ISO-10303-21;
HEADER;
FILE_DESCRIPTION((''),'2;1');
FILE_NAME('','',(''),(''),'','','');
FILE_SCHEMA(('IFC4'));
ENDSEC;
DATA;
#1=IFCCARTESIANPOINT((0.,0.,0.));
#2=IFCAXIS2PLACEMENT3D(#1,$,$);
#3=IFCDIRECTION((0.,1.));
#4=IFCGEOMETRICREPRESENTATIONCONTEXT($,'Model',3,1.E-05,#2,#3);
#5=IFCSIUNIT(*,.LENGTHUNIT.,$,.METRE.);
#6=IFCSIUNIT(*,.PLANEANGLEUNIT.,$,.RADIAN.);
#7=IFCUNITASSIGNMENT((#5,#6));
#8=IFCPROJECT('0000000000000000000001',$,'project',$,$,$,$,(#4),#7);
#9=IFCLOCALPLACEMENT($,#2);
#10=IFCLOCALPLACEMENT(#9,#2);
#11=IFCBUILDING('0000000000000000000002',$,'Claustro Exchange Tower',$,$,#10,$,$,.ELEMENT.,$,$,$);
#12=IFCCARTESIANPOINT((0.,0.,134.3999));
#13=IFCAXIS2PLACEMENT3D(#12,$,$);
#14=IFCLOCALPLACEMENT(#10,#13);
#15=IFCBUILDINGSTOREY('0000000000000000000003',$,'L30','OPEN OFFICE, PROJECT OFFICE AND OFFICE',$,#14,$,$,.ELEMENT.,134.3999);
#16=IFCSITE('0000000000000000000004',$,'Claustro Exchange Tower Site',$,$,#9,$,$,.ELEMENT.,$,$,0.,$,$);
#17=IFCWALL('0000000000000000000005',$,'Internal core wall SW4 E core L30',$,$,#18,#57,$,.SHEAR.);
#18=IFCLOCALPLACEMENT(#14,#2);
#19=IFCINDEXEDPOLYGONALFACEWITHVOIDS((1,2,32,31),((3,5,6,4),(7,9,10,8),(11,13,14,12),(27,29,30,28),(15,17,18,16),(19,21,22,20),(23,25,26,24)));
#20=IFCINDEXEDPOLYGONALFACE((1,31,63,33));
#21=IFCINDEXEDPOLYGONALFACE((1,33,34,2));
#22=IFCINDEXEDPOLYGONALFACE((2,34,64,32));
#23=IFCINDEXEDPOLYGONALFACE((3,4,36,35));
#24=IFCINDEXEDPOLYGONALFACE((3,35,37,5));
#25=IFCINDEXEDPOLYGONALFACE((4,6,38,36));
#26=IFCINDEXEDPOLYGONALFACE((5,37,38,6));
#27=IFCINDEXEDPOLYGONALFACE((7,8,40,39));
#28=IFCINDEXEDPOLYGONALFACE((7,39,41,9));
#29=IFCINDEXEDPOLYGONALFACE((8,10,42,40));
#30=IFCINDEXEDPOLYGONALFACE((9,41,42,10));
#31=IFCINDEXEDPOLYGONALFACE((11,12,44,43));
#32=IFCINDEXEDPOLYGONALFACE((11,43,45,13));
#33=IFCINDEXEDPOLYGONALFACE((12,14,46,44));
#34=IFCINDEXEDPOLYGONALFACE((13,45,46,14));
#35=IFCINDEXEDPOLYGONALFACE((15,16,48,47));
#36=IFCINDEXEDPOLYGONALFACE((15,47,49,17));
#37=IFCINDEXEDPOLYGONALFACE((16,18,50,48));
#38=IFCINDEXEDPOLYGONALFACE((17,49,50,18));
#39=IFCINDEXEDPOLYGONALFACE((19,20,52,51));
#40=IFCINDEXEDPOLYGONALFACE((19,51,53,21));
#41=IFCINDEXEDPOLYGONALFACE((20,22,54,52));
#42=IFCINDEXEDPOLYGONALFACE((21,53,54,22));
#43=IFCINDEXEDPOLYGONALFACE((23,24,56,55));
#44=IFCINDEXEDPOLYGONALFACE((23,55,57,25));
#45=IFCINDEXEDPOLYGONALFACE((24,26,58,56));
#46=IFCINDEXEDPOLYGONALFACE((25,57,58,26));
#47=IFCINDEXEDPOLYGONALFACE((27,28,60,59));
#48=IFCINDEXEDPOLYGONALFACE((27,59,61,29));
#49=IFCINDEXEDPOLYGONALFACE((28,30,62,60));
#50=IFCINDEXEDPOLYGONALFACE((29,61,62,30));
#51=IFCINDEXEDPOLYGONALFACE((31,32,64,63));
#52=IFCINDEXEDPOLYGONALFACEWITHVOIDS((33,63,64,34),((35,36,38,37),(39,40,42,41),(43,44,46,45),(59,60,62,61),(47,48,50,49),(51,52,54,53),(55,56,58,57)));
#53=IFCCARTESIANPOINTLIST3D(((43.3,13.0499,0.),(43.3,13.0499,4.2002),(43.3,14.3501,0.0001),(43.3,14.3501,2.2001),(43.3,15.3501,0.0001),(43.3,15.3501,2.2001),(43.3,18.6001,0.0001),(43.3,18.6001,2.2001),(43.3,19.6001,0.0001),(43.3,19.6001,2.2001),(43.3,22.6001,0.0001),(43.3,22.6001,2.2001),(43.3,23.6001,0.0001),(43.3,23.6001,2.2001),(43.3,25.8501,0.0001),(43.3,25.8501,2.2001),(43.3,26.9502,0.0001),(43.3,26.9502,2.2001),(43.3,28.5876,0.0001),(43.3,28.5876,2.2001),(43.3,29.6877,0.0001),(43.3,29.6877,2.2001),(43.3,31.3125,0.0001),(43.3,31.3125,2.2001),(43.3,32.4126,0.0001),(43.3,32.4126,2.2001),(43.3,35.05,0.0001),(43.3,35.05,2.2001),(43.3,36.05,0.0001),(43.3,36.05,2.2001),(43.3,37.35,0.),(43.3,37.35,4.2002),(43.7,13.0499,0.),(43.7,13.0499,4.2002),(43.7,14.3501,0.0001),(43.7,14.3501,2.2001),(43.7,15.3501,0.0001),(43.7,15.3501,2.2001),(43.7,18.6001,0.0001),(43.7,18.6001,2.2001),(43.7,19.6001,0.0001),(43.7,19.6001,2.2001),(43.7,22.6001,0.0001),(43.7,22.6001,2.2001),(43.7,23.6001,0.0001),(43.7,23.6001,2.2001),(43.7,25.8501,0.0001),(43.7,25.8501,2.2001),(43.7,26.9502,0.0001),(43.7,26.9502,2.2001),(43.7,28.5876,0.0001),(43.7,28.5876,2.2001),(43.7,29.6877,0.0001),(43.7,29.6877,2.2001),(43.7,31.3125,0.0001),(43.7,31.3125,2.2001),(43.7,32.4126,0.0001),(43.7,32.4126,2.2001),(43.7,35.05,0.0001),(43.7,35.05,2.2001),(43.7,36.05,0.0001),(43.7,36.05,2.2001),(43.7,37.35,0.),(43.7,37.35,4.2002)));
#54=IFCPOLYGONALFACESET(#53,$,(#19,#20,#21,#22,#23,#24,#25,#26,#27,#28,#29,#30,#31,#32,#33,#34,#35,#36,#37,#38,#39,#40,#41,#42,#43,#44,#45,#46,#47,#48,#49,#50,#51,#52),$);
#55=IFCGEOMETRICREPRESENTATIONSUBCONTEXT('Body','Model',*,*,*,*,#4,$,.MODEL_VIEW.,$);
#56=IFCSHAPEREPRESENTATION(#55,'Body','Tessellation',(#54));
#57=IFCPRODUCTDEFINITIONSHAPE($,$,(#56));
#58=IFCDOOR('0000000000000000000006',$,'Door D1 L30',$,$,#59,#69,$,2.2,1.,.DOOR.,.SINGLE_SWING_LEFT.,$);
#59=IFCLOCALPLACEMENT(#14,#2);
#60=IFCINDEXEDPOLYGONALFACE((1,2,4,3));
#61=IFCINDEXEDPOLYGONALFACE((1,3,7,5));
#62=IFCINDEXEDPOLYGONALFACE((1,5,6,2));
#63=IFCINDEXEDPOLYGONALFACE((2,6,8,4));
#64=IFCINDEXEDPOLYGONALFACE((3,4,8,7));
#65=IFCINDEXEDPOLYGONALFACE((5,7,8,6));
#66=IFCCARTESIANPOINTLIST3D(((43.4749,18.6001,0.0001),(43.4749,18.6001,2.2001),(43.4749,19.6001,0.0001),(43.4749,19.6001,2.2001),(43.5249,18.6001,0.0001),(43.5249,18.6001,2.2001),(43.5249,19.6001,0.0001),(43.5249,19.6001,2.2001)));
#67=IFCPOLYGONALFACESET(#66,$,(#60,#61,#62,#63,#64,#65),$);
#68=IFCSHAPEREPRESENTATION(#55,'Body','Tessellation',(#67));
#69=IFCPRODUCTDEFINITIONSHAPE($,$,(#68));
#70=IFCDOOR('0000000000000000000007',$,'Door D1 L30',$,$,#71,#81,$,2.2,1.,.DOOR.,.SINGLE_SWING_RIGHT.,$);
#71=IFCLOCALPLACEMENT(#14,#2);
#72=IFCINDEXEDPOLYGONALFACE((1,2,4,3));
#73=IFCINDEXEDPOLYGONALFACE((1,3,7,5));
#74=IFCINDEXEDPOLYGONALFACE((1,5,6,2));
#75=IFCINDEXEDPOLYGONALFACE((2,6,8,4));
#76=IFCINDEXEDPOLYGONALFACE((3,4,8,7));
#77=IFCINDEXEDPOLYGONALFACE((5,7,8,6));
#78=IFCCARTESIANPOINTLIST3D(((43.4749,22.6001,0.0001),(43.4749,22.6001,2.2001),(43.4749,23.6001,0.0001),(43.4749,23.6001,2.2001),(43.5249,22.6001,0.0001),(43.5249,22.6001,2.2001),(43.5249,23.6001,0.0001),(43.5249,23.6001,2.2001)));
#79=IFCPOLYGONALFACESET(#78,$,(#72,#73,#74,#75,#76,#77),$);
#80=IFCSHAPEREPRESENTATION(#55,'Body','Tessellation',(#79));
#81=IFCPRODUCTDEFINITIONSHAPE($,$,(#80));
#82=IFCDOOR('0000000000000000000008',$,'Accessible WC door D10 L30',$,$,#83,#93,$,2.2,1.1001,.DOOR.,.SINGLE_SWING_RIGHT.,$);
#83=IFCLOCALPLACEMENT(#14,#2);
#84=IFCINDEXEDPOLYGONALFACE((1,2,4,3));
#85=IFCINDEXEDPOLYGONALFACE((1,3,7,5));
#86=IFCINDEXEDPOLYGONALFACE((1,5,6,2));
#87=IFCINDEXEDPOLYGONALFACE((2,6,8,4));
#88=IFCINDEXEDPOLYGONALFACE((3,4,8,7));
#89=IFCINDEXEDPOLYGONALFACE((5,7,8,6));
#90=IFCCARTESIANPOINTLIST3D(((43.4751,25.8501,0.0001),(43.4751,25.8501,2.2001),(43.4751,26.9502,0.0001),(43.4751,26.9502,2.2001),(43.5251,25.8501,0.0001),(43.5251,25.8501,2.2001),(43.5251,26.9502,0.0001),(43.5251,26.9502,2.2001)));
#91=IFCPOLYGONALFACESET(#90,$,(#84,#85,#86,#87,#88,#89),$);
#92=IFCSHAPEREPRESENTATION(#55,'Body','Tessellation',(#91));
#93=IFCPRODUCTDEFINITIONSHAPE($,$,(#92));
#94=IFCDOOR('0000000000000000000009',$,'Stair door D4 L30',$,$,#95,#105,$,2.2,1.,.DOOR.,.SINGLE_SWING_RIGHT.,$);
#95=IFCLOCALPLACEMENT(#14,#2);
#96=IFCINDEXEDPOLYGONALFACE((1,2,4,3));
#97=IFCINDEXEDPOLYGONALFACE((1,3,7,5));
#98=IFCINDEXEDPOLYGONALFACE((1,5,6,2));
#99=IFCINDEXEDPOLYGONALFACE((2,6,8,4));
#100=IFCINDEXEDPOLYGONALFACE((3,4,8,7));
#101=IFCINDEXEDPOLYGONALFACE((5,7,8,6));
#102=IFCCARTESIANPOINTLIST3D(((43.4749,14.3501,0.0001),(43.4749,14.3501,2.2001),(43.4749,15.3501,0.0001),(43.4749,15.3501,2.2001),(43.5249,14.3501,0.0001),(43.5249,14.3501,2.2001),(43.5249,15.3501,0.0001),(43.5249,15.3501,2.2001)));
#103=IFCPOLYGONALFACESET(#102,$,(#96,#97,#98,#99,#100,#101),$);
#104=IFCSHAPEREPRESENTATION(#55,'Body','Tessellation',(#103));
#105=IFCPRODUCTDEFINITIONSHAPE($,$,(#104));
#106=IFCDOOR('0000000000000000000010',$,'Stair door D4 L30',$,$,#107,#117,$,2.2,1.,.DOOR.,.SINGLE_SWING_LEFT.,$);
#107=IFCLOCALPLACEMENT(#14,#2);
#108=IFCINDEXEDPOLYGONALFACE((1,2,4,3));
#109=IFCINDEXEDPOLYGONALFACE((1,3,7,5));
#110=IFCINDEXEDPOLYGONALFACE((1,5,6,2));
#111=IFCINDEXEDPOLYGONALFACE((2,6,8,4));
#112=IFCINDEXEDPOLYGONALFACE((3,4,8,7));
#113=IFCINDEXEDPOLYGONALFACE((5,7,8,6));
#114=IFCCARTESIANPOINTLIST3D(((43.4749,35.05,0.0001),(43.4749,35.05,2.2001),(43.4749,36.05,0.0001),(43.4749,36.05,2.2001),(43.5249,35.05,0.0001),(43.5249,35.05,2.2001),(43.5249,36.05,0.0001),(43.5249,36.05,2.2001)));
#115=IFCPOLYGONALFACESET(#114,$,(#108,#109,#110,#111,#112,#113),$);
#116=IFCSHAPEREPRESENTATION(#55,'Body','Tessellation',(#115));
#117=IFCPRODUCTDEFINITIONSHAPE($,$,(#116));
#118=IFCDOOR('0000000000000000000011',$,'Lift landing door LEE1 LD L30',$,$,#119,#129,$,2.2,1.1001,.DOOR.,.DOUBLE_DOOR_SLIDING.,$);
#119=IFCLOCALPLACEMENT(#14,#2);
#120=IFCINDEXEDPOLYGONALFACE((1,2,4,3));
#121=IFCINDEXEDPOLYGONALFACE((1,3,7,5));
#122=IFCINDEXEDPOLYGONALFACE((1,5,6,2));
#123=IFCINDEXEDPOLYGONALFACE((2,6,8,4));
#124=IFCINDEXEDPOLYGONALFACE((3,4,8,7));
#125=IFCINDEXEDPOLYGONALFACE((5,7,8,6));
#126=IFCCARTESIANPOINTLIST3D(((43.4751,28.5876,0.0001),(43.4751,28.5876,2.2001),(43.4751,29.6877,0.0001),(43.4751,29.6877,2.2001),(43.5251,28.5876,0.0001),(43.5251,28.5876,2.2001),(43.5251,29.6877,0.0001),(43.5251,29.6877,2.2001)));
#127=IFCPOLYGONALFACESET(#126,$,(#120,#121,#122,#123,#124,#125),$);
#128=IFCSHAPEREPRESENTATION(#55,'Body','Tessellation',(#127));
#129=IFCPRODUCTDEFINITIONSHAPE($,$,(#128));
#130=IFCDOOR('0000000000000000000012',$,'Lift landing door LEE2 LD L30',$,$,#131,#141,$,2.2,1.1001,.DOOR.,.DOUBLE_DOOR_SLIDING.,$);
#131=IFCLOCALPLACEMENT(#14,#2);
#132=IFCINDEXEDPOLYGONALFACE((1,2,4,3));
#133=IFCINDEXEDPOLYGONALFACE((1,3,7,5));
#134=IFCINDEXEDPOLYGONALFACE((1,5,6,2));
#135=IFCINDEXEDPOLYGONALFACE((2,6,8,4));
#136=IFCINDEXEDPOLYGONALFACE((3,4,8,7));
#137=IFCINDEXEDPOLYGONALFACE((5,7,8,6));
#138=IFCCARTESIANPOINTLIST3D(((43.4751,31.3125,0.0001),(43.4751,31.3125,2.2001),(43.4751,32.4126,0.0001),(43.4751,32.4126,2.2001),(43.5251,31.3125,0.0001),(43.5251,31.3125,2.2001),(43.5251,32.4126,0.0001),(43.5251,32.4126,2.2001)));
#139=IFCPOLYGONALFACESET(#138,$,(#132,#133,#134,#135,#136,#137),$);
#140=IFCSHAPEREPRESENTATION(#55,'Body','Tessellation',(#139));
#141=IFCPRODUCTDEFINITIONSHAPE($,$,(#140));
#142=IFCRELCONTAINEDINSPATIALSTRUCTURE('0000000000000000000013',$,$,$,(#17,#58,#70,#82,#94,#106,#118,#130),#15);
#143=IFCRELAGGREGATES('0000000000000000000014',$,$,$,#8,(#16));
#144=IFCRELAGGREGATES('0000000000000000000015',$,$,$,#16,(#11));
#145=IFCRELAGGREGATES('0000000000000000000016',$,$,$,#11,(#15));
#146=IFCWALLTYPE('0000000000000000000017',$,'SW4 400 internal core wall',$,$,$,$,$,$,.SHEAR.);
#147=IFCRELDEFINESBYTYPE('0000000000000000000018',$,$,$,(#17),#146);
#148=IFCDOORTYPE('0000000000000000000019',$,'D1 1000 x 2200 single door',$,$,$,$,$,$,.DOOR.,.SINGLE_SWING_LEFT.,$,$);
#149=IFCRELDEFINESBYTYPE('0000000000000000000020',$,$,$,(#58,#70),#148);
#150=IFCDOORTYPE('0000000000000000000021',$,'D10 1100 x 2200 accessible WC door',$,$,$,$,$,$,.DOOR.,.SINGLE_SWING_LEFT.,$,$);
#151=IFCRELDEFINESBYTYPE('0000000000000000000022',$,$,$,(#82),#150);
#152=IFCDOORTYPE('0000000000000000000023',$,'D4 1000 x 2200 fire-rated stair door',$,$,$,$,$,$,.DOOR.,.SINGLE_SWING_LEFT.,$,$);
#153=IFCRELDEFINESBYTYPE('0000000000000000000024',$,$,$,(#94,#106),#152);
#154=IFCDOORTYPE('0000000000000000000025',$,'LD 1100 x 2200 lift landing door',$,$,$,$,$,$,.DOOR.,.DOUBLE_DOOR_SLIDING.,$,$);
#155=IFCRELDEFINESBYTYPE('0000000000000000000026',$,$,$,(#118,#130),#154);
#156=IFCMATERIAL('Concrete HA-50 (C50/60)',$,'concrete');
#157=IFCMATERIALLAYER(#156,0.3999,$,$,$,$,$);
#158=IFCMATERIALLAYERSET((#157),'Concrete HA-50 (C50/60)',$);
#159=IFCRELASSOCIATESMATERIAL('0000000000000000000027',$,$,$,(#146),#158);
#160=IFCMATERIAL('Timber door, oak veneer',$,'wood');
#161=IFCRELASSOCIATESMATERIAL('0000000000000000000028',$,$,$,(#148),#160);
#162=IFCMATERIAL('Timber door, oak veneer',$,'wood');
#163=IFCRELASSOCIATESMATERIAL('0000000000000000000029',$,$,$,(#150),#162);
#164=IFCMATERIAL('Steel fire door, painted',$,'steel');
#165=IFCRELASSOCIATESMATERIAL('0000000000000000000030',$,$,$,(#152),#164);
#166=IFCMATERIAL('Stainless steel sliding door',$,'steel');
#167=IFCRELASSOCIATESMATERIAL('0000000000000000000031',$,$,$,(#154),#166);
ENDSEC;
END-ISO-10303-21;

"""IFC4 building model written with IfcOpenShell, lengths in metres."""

from ifc_helpers import new_model, si_unit, direction, frame, frame_2d, origin, place, context, subcontext, project, spatial, rectangle, extrude, material, layer, layer_set, type_object, element, fill, save


model = new_model("IFC4")

# Units and contexts
model_context = context("Model", 3, precision=1e-05, world=origin(), true_north=direction((0.0, 1.0)))
body_context = subcontext(model_context, "Body", "Model", "MODEL_VIEW")
ifc_project = project(units=[si_unit("LENGTHUNIT", "METRE"), si_unit("PLANEANGLEUNIT", "RADIAN")], contexts=[model_context])

# Site, building, storey
site_placement = place(None, origin())
site = spatial("IfcSite", under=ifc_project, at=site_placement, Name="Claustro Exchange Tower Site", CompositionType="ELEMENT", RefElevation=0.0)
building_placement = place(site_placement, origin())
building = spatial("IfcBuilding", under=site, at=building_placement, Name="Claustro Exchange Tower", CompositionType="ELEMENT")
storey_placement = place(building_placement, frame((0.0, 0.0, 134.3999)))
storey = spatial("IfcBuildingStorey", under=building, at=storey_placement, Name="L30", Description="OPEN OFFICE, PROJECT OFFICE AND OFFICE", CompositionType="ELEMENT", Elevation=134.3999)

# Wall, openings, doors
ifc_material_1 = material(Name="Concrete HA-50 (C50/60)", Category="concrete")
ifc_layer_1 = layer(ifc_material_1, 0.3999)
ifc_layer_set_1 = layer_set([ifc_layer_1], Name="Concrete HA-50 (C50/60)")
wall_type_1 = type_object("IfcWallType", Name="SW4 400 internal core wall", PredefinedType="SHEAR", material=ifc_layer_set_1)
wall_1_placement = place(storey_placement, frame((43.5, 13.05, 0.0), z_axis=(0.0, 0.0, 1.0), x_axis=(0.0, 1.0, 0.0)))
wall_1 = element("IfcWall", 1, at=wall_1_placement, inside=storey, type_object=wall_type_1, Name="Internal core wall SW4 E core L30", PredefinedType="SHEAR", context=body_context, shape_type="SweptSolid", body=[
    extrude(rectangle(XDim=24.3, YDim=0.3999, at=frame_2d((12.1499, 0.0))), origin(), (0.0, 0.0, 1.0), 4.2002),
])
opening_1_placement = place(wall_1_placement, frame((1.3, 0.0, 0.0)))
opening_1 = element("IfcOpeningElement", 2, at=opening_1_placement, cuts=wall_1, PredefinedType="OPENING", context=body_context, shape_type="SweptSolid", body=[
    extrude(rectangle(XDim=1.0, YDim=2.2, at=frame_2d((0.5, 1.1001))), frame((0.0, 0.21, 0.0), z_axis=(0.0, -1.0, 0.0), x_axis=(1.0, 0.0, 0.0)), (0.0, 0.0, 1.0), 0.4199),
])
opening_2_placement = place(wall_1_placement, frame((22.0, 0.0, 0.0)))
opening_2 = element("IfcOpeningElement", 3, at=opening_2_placement, cuts=wall_1, PredefinedType="OPENING", context=body_context, shape_type="SweptSolid", body=[
    extrude(rectangle(XDim=1.0, YDim=2.2, at=frame_2d((0.5, 1.1001))), frame((0.0, 0.21, 0.0), z_axis=(0.0, -1.0, 0.0), x_axis=(1.0, 0.0, 0.0)), (0.0, 0.0, 1.0), 0.4199),
])
opening_3_placement = place(wall_1_placement, frame((5.55, 0.0, 0.0)))
opening_3 = element("IfcOpeningElement", 4, at=opening_3_placement, cuts=wall_1, PredefinedType="OPENING", context=body_context, shape_type="SweptSolid", body=[
    extrude(rectangle(XDim=1.0, YDim=2.2, at=frame_2d((0.5, 1.1001))), frame((0.0, 0.21, 0.0), z_axis=(0.0, -1.0, 0.0), x_axis=(1.0, 0.0, 0.0)), (0.0, 0.0, 1.0), 0.4199),
])
opening_4_placement = place(wall_1_placement, frame((9.55, 0.0, 0.0)))
opening_4 = element("IfcOpeningElement", 5, at=opening_4_placement, cuts=wall_1, PredefinedType="OPENING", context=body_context, shape_type="SweptSolid", body=[
    extrude(rectangle(XDim=1.0, YDim=2.2, at=frame_2d((0.5, 1.1001))), frame((0.0, 0.21, 0.0), z_axis=(0.0, -1.0, 0.0), x_axis=(1.0, 0.0, 0.0)), (0.0, 0.0, 1.0), 0.4199),
])
opening_5_placement = place(wall_1_placement, frame((12.8, 0.0, 0.0)))
opening_5 = element("IfcOpeningElement", 6, at=opening_5_placement, cuts=wall_1, PredefinedType="OPENING", context=body_context, shape_type="SweptSolid", body=[
    extrude(rectangle(XDim=1.1001, YDim=2.2, at=frame_2d((0.55, 1.1001))), frame((0.0, 0.21, 0.0), z_axis=(0.0, -1.0, 0.0), x_axis=(1.0, 0.0, 0.0)), (0.0, 0.0, 1.0), 0.4199),
])
opening_6_placement = place(wall_1_placement, frame((15.5376, 0.0, 0.0)))
opening_6 = element("IfcOpeningElement", 7, at=opening_6_placement, cuts=wall_1, PredefinedType="OPENING", context=body_context, shape_type="SweptSolid", body=[
    extrude(rectangle(XDim=1.1001, YDim=2.2, at=frame_2d((0.55, 1.1001))), frame((0.0, 0.21, 0.0), z_axis=(0.0, -1.0, 0.0), x_axis=(1.0, 0.0, 0.0)), (0.0, 0.0, 1.0), 0.4199),
])
opening_7_placement = place(wall_1_placement, frame((18.2625, 0.0, 0.0)))
opening_7 = element("IfcOpeningElement", 8, at=opening_7_placement, cuts=wall_1, PredefinedType="OPENING", context=body_context, shape_type="SweptSolid", body=[
    extrude(rectangle(XDim=1.1001, YDim=2.2, at=frame_2d((0.55, 1.1001))), frame((0.0, 0.21, 0.0), z_axis=(0.0, -1.0, 0.0), x_axis=(1.0, 0.0, 0.0)), (0.0, 0.0, 1.0), 0.4199),
])
ifc_material_2 = material(Name="Timber door, oak veneer", Category="wood")
door_type_1 = type_object("IfcDoorType", Name="D1 1000 x 2200 single door", OperationType="SINGLE_SWING_LEFT", PredefinedType="DOOR", material=ifc_material_2)
door_1_placement = place(opening_3_placement, frame((1.0, 0.0, 0.0), z_axis=(0.0, 0.0, 1.0), x_axis=(-1.0, 0.0, 0.0)))
door_1 = element("IfcDoor", 9, at=door_1_placement, inside=storey, type_object=door_type_1, Name="Door D1 L30", OperationType="SINGLE_SWING_LEFT", OverallHeight=2.2, OverallWidth=1.0, PredefinedType="DOOR", context=body_context, shape_type="SweptSolid", body=[
    extrude(rectangle(XDim=1.0, YDim=2.2, at=frame_2d((0.5, 1.1001))), frame((0.0, 0.0249, 0.0), z_axis=(0.0, -1.0, 0.0), x_axis=(1.0, 0.0, 0.0)), (0.0, 0.0, 1.0), 0.05),
])
fill(opening_3, door_1)
door_2_placement = place(opening_4_placement, frame((1.0, 0.0, 0.0), z_axis=(0.0, 0.0, 1.0), x_axis=(-1.0, 0.0, 0.0)))
door_2 = element("IfcDoor", 10, at=door_2_placement, inside=storey, type_object=door_type_1, Name="Door D1 L30", OperationType="SINGLE_SWING_RIGHT", OverallHeight=2.2, OverallWidth=1.0, PredefinedType="DOOR", context=body_context, shape_type="SweptSolid", body=[
    extrude(rectangle(XDim=1.0, YDim=2.2, at=frame_2d((0.5, 1.1001))), frame((0.0, 0.0249, 0.0), z_axis=(0.0, -1.0, 0.0), x_axis=(1.0, 0.0, 0.0)), (0.0, 0.0, 1.0), 0.05),
])
fill(opening_4, door_2)
ifc_material_3 = material(Name="Timber door, oak veneer", Category="wood")
door_type_2 = type_object("IfcDoorType", Name="D10 1100 x 2200 accessible WC door", OperationType="SINGLE_SWING_LEFT", PredefinedType="DOOR", material=ifc_material_3)
door_3_placement = place(opening_5_placement, origin())
door_3 = element("IfcDoor", 11, at=door_3_placement, inside=storey, type_object=door_type_2, Name="Accessible WC door D10 L30", OperationType="SINGLE_SWING_RIGHT", OverallHeight=2.2, OverallWidth=1.1001, PredefinedType="DOOR", context=body_context, shape_type="SweptSolid", body=[
    extrude(rectangle(XDim=1.1001, YDim=2.2, at=frame_2d((0.55, 1.1001))), frame((0.0, 0.0249, 0.0), z_axis=(0.0, -1.0, 0.0), x_axis=(1.0, 0.0, 0.0)), (0.0, 0.0, 1.0), 0.05),
])
fill(opening_5, door_3)
ifc_material_4 = material(Name="Steel fire door, painted", Category="steel")
door_type_3 = type_object("IfcDoorType", Name="D4 1000 x 2200 fire-rated stair door", OperationType="SINGLE_SWING_LEFT", PredefinedType="DOOR", material=ifc_material_4)
door_4_placement = place(opening_1_placement, frame((1.0, 0.0, 0.0), z_axis=(0.0, 0.0, 1.0), x_axis=(-1.0, 0.0, 0.0)))
door_4 = element("IfcDoor", 12, at=door_4_placement, inside=storey, type_object=door_type_3, Name="Stair door D4 L30", OperationType="SINGLE_SWING_RIGHT", OverallHeight=2.2, OverallWidth=1.0, PredefinedType="DOOR", context=body_context, shape_type="SweptSolid", body=[
    extrude(rectangle(XDim=1.0, YDim=2.2, at=frame_2d((0.5, 1.1001))), frame((0.0, 0.0249, 0.0), z_axis=(0.0, -1.0, 0.0), x_axis=(1.0, 0.0, 0.0)), (0.0, 0.0, 1.0), 0.05),
])
fill(opening_1, door_4)
door_5_placement = place(opening_2_placement, frame((1.0, 0.0, 0.0), z_axis=(0.0, 0.0, 1.0), x_axis=(-1.0, 0.0, 0.0)))
door_5 = element("IfcDoor", 13, at=door_5_placement, inside=storey, type_object=door_type_3, Name="Stair door D4 L30", OperationType="SINGLE_SWING_LEFT", OverallHeight=2.2, OverallWidth=1.0, PredefinedType="DOOR", context=body_context, shape_type="SweptSolid", body=[
    extrude(rectangle(XDim=1.0, YDim=2.2, at=frame_2d((0.5, 1.1001))), frame((0.0, 0.0249, 0.0), z_axis=(0.0, -1.0, 0.0), x_axis=(1.0, 0.0, 0.0)), (0.0, 0.0, 1.0), 0.05),
])
fill(opening_2, door_5)
ifc_material_5 = material(Name="Stainless steel sliding door", Category="steel")
door_type_4 = type_object("IfcDoorType", Name="LD 1100 x 2200 lift landing door", OperationType="DOUBLE_DOOR_SLIDING", PredefinedType="DOOR", material=ifc_material_5)
door_6_placement = place(opening_6_placement, origin())
door_6 = element("IfcDoor", 14, at=door_6_placement, inside=storey, type_object=door_type_4, Name="Lift landing door LEE1 LD L30", OperationType="DOUBLE_DOOR_SLIDING", OverallHeight=2.2, OverallWidth=1.1001, PredefinedType="DOOR", context=body_context, shape_type="SweptSolid", body=[
    extrude(rectangle(XDim=1.1001, YDim=2.2, at=frame_2d((0.55, 1.1001))), frame((0.0, 0.0249, 0.0), z_axis=(0.0, -1.0, 0.0), x_axis=(1.0, 0.0, 0.0)), (0.0, 0.0, 1.0), 0.05),
])
fill(opening_6, door_6)
door_7_placement = place(opening_7_placement, origin())
door_7 = element("IfcDoor", 15, at=door_7_placement, inside=storey, type_object=door_type_4, Name="Lift landing door LEE2 LD L30", OperationType="DOUBLE_DOOR_SLIDING", OverallHeight=2.2, OverallWidth=1.1001, PredefinedType="DOOR", context=body_context, shape_type="SweptSolid", body=[
    extrude(rectangle(XDim=1.1001, YDim=2.2, at=frame_2d((0.55, 1.1001))), frame((0.0, 0.0249, 0.0), z_axis=(0.0, -1.0, 0.0), x_axis=(1.0, 0.0, 0.0)), (0.0, 0.0, 1.0), 0.05),
])
fill(opening_7, door_7)

save(model, "model.ifc")
